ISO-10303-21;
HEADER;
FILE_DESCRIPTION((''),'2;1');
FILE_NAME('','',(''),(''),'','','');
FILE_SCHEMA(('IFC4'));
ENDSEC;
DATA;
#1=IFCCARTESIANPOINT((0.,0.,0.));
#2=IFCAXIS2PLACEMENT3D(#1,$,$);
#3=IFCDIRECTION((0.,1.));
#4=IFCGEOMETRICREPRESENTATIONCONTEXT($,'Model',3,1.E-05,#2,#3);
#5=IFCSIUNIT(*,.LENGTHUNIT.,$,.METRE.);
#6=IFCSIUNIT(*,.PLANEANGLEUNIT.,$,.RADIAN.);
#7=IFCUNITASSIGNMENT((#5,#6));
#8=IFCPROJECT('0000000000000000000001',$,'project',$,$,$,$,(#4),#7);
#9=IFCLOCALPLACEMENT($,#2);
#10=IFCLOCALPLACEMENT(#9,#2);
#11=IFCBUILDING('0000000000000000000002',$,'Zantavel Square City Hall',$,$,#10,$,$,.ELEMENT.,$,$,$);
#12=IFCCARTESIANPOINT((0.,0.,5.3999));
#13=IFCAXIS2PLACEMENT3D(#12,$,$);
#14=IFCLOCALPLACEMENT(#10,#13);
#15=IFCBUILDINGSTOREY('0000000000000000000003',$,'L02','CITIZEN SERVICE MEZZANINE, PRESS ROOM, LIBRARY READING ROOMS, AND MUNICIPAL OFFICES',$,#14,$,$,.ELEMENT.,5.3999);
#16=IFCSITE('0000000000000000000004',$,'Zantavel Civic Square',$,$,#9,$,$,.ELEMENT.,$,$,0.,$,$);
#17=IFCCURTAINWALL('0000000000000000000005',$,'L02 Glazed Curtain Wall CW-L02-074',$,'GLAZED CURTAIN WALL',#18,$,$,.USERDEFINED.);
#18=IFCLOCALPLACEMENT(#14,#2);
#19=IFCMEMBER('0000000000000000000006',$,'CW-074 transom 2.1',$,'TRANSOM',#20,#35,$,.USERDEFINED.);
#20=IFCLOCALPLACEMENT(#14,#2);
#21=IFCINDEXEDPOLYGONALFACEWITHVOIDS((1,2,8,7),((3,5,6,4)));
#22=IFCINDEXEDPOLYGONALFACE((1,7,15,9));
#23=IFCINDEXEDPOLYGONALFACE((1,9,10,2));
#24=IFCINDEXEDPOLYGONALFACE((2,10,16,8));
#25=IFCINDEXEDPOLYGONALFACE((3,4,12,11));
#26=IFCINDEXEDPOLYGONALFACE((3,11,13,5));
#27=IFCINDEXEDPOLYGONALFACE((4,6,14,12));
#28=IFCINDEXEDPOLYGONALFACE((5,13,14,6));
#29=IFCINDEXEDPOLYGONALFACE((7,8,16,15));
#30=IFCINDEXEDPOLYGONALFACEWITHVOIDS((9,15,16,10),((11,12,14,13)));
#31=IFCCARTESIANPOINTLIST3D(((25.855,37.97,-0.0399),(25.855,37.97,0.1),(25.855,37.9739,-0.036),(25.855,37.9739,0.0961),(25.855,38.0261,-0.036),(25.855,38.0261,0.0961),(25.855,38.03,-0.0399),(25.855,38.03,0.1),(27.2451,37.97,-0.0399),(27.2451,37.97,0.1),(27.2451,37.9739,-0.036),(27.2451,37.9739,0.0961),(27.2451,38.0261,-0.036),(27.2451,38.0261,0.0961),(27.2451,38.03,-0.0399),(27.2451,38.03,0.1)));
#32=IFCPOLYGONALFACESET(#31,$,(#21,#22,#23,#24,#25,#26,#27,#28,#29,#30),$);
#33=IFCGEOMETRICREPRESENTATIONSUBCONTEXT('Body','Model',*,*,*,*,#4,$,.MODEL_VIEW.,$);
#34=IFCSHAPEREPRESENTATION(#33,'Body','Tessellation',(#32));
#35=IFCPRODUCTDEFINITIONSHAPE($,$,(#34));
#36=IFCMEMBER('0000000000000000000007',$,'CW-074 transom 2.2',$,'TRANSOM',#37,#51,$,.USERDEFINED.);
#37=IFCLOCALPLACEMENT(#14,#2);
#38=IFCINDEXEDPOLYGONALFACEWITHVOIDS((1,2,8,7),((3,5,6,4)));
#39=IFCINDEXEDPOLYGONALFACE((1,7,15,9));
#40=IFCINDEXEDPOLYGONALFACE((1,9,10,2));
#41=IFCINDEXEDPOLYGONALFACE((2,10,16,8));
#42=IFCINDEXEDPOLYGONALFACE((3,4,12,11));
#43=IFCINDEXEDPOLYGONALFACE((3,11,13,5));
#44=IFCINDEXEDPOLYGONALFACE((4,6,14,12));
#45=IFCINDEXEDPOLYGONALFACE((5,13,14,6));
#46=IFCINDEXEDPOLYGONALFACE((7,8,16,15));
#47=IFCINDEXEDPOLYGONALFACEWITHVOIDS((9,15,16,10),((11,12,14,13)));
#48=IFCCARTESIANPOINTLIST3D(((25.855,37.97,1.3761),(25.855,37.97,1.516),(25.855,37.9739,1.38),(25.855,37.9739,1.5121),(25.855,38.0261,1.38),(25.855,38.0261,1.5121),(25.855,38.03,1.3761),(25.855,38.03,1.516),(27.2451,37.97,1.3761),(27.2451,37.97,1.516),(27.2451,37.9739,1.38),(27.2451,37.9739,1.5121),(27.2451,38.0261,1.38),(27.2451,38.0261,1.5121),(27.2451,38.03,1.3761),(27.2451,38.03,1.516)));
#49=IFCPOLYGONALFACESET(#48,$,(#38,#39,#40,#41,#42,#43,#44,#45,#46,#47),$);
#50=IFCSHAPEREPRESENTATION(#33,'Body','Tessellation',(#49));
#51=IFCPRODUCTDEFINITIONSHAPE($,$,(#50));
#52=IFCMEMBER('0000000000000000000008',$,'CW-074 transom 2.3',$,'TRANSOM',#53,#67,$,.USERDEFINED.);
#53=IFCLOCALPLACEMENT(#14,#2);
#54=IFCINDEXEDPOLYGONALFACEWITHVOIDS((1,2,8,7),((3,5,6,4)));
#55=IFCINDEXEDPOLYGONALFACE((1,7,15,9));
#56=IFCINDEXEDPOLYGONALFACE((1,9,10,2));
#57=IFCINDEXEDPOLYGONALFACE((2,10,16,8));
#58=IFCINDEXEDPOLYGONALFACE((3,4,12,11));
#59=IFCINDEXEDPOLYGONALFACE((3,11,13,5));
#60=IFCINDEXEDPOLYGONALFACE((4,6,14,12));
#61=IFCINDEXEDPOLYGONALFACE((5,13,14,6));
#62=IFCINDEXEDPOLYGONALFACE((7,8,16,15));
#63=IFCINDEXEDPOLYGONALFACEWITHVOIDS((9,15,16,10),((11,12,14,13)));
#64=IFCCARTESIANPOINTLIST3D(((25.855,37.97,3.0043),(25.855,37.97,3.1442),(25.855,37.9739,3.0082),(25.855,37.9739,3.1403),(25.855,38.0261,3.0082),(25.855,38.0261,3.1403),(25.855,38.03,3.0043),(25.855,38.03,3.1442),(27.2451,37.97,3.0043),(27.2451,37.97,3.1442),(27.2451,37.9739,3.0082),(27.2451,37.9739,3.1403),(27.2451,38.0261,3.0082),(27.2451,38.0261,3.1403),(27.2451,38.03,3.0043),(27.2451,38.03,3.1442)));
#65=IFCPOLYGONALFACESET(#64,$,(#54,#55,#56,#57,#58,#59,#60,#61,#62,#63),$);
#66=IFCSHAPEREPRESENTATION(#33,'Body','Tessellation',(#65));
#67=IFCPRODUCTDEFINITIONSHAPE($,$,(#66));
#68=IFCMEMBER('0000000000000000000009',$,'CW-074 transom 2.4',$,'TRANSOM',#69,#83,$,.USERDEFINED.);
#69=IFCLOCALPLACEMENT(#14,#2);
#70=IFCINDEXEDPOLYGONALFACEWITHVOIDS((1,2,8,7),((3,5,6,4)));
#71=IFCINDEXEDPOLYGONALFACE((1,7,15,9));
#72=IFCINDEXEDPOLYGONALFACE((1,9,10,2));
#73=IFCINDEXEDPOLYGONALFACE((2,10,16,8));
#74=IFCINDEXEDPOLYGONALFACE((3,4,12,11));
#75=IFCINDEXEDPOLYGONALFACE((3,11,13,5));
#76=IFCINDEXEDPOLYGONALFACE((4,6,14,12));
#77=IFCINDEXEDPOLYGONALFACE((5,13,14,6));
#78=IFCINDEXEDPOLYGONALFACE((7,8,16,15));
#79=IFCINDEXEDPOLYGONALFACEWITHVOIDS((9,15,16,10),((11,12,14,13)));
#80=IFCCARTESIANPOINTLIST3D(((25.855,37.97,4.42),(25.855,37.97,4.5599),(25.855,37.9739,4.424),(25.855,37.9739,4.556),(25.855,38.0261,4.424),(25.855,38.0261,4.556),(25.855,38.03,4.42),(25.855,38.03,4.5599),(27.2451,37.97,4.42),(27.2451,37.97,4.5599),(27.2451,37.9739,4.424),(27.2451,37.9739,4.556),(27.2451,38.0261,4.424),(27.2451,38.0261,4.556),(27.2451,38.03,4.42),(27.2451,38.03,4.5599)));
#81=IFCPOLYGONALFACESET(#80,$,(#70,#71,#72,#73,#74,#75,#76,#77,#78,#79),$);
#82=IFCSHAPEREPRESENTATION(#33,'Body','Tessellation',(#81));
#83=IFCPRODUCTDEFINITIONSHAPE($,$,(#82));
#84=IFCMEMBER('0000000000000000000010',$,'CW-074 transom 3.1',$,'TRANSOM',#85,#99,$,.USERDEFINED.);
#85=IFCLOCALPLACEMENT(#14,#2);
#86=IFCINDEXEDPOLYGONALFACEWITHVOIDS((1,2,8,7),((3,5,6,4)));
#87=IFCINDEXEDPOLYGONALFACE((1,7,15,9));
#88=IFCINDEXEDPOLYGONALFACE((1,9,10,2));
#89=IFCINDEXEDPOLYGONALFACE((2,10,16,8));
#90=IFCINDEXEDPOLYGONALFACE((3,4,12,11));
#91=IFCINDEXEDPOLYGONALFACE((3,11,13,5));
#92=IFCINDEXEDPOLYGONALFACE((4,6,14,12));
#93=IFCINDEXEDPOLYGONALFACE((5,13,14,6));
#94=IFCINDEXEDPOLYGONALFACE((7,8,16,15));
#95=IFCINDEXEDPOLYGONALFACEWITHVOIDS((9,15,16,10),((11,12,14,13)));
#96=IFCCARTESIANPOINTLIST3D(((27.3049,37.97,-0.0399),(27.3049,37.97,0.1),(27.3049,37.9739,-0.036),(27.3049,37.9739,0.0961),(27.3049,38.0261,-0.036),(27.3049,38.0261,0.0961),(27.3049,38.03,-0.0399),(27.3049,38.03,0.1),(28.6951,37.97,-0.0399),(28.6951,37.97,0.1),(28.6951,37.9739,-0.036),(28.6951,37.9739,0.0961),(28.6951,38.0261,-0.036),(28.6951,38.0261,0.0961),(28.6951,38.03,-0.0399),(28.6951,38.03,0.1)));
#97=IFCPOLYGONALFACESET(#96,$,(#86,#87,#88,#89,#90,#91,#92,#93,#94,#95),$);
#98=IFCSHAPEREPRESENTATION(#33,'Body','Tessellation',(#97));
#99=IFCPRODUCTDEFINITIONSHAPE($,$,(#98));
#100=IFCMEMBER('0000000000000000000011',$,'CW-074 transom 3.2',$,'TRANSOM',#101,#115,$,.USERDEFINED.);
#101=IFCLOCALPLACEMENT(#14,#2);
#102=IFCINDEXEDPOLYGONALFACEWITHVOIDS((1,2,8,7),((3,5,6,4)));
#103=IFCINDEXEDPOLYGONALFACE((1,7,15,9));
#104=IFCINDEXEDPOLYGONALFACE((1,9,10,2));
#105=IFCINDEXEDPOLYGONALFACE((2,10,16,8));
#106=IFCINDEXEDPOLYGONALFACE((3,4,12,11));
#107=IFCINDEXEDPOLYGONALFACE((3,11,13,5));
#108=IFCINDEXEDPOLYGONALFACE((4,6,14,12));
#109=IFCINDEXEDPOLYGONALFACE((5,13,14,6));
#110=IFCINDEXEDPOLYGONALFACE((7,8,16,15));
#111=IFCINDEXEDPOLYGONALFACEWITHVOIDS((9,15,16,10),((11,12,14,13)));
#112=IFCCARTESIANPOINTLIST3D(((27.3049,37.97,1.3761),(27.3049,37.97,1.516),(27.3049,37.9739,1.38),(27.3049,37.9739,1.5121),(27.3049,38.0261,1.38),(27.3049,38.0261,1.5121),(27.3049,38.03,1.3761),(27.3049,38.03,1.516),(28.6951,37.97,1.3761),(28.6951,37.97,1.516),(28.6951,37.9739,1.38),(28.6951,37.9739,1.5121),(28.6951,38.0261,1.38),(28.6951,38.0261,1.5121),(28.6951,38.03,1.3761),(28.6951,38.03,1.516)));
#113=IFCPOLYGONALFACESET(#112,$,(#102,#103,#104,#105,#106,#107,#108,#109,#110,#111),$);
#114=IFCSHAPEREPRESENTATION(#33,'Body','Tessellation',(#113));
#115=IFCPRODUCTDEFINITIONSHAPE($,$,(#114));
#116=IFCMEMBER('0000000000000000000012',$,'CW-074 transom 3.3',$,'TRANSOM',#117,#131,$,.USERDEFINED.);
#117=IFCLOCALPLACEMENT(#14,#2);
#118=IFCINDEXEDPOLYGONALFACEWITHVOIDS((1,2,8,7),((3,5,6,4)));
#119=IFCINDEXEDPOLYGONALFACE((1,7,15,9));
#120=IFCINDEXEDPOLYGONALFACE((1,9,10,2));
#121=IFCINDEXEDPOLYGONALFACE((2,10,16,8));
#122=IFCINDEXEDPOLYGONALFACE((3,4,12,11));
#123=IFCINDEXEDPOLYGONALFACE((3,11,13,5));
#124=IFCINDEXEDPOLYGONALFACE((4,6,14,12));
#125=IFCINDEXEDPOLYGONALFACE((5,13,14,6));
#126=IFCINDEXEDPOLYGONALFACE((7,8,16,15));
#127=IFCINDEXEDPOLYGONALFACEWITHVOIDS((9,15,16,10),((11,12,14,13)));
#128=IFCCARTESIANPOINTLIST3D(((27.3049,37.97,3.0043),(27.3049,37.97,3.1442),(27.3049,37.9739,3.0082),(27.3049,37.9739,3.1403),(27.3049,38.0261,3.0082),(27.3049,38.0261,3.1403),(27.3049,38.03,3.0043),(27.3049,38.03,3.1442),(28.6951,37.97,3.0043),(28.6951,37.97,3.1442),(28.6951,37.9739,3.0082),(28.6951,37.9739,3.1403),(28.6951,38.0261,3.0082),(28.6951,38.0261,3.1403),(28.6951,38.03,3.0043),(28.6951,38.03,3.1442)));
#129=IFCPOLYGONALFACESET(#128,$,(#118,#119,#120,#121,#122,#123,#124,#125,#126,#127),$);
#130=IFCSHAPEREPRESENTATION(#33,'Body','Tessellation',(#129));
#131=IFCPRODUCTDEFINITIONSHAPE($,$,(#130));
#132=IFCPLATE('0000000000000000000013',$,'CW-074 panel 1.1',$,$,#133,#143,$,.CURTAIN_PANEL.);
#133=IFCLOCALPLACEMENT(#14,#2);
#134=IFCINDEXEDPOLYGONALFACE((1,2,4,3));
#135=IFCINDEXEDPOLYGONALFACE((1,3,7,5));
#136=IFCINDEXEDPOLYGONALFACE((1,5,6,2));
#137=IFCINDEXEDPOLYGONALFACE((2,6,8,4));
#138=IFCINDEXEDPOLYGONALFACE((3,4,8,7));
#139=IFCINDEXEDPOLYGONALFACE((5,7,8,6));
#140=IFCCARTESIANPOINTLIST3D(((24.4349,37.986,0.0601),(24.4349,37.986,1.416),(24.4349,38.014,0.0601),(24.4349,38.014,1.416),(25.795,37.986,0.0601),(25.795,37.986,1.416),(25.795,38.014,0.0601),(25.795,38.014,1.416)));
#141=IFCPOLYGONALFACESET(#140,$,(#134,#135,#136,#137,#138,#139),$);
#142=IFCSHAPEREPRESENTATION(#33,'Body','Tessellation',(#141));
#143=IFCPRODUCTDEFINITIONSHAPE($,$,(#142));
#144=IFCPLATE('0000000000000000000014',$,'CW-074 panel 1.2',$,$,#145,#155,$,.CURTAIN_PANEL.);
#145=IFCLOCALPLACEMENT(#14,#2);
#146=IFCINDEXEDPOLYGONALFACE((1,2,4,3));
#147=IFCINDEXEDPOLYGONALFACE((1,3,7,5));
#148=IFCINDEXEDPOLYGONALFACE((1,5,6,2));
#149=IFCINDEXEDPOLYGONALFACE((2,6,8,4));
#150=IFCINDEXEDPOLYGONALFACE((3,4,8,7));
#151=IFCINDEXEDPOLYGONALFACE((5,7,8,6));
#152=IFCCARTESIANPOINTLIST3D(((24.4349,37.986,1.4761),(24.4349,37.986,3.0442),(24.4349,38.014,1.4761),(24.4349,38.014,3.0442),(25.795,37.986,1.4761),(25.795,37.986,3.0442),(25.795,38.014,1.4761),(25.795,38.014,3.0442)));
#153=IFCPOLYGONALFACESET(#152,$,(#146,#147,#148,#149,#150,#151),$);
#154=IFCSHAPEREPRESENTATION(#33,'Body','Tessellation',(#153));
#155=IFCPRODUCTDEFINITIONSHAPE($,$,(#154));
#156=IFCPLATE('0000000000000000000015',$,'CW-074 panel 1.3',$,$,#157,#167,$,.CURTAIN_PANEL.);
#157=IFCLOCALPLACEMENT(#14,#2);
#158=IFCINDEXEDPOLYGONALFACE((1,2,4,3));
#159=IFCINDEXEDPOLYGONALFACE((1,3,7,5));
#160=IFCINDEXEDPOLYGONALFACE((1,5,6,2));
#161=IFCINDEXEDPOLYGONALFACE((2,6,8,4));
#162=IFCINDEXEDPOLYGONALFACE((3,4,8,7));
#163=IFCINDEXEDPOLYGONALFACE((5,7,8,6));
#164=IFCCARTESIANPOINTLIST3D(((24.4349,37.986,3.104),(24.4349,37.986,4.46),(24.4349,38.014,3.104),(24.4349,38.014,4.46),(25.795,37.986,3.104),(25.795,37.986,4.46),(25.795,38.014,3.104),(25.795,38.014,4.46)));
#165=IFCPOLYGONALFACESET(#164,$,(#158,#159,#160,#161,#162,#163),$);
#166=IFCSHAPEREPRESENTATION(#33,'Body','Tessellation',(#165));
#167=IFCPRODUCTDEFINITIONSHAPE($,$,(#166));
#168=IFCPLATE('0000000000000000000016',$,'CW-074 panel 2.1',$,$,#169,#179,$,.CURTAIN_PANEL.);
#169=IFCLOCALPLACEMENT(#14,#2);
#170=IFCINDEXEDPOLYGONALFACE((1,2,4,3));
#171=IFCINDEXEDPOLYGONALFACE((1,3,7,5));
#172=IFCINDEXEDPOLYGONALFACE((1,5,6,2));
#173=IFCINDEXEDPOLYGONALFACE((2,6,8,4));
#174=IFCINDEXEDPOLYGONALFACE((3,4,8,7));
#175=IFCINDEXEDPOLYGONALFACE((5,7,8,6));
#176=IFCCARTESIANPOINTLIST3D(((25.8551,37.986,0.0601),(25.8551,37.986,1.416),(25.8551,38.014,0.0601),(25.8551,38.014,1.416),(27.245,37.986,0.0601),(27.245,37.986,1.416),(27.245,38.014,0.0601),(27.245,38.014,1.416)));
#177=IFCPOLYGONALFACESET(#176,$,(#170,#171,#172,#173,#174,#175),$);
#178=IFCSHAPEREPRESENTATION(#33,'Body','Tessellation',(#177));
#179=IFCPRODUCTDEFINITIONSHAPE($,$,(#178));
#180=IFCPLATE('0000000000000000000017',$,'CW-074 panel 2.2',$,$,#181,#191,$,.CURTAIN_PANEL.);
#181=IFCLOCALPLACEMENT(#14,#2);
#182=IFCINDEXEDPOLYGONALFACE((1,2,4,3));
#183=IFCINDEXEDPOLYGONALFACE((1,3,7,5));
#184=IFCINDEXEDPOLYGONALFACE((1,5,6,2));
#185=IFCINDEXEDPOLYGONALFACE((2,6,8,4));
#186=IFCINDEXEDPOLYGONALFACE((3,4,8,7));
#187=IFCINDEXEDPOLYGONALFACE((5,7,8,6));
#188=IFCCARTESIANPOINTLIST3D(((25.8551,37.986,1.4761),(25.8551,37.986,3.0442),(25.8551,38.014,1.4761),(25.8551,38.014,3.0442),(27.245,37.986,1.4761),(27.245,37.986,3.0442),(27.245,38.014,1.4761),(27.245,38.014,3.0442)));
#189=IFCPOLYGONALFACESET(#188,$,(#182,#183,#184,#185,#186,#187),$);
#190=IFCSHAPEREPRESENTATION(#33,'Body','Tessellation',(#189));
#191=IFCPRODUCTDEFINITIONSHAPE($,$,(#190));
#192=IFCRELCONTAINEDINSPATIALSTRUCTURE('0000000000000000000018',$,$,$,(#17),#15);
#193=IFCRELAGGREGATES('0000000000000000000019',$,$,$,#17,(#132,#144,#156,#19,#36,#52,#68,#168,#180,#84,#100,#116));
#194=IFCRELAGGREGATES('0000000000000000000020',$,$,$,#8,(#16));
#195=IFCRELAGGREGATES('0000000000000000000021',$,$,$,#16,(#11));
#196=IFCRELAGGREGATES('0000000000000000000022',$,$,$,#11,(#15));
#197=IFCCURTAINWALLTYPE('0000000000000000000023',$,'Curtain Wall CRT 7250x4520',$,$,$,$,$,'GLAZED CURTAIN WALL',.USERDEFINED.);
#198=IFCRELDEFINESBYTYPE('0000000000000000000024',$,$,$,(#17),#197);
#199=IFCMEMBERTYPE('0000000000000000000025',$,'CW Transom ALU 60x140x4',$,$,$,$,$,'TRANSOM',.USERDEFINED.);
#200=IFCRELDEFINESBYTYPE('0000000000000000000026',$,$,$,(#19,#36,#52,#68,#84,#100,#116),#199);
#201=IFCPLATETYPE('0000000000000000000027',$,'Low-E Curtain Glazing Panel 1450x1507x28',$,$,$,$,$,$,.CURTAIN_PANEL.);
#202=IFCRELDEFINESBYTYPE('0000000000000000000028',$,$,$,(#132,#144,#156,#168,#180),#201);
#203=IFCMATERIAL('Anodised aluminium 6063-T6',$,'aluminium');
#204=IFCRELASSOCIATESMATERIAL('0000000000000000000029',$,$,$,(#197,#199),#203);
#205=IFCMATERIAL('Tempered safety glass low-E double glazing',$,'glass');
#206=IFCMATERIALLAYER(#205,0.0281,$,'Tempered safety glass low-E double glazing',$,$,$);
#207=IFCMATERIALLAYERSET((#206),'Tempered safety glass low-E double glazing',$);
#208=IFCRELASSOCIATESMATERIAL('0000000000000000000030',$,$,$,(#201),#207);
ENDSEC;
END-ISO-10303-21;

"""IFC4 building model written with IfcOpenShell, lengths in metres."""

from ifc_helpers import new_model, si_unit, direction, frame, origin, origin_2d, place, context, subcontext, project, spatial, rectangle, hollow_rectangle, extrude, material, layer, layer_set, material_profile, profile_set, type_object, element, aggregate, save


model = new_model("IFC4")

# Units and contexts
model_context = context("Model", 3, precision=1e-05, world=origin(), true_north=direction((0.0, 1.0)))
body_context = subcontext(model_context, "Body", "Model", "MODEL_VIEW")
ifc_project = project(units=[si_unit("LENGTHUNIT", "METRE"), si_unit("PLANEANGLEUNIT", "RADIAN")], contexts=[model_context])

# Site, building, storey
site_placement = place(None, origin())
site = spatial("IfcSite", under=ifc_project, at=site_placement, Name="Zantavel Civic Square", CompositionType="ELEMENT", RefElevation=0.0)
building_placement = place(site_placement, origin())
building = spatial("IfcBuilding", under=site, at=building_placement, Name="Zantavel Square City Hall", CompositionType="ELEMENT")
storey_placement = place(building_placement, frame((0.0, 0.0, 5.3999)))
storey = spatial("IfcBuildingStorey", under=building, at=storey_placement, Name="L02", Description="CITIZEN SERVICE MEZZANINE, PRESS ROOM, LIBRARY READING ROOMS, AND MUNICIPAL OFFICES", CompositionType="ELEMENT", Elevation=5.3999)

# Shared definitions
ifc_material_1 = material(Name="Anodised aluminium 6063-T6", Category="aluminium")
curtain_wall_type = type_object("IfcCurtainWallType", Name="Curtain Wall CRT 7250x4520", ElementType="GLAZED CURTAIN WALL", PredefinedType="USERDEFINED", material=ifc_material_1)

# Curtain wall, members, plates
curtain_wall_1_placement = place(storey_placement, origin())
curtain_wall_1 = element("IfcCurtainWall", 1, at=curtain_wall_1_placement, inside=storey, type_object=curtain_wall_type, Name="L02 Glazed Curtain Wall CW-L02-074", ObjectType="GLAZED CURTAIN WALL", PredefinedType="USERDEFINED")
ifc_material_profile_1 = material_profile(ifc_material_1, hollow_rectangle(XDim=0.0601, YDim=0.1399, WallThickness=0.0039, at=origin_2d()), Name="ALU 60x140x4")
ifc_profile_set_1 = profile_set([ifc_material_profile_1], Name="Anodised aluminium 6063-T6")
member_type_1 = type_object("IfcMemberType", Name="CW Transom ALU 60x140x4", ElementType="TRANSOM", PredefinedType="USERDEFINED", material=ifc_profile_set_1)
member_1_placement = place(storey_placement, frame((25.855, 38.0, 0.03), z_axis=(1.0, 0.0, 0.0), x_axis=(0.0, 1.0, 0.0)))
member_1 = element("IfcMember", 2, at=member_1_placement, type_object=member_type_1, Name="CW-074 transom 2.1", ObjectType="TRANSOM", PredefinedType="USERDEFINED", context=body_context, shape_type="SweptSolid", body=[
    extrude(hollow_rectangle(XDim=0.0601, YDim=0.1399, WallThickness=0.0039, at=origin_2d()), origin(), (0.0, 0.0, 1.0), 1.3901),
])
member_2_placement = place(storey_placement, frame((25.855, 38.0, 1.446), z_axis=(1.0, 0.0, 0.0), x_axis=(0.0, 1.0, 0.0)))
member_2 = element("IfcMember", 3, at=member_2_placement, type_object=member_type_1, Name="CW-074 transom 2.2", ObjectType="TRANSOM", PredefinedType="USERDEFINED", context=body_context, shape_type="SweptSolid", body=[
    extrude(hollow_rectangle(XDim=0.0601, YDim=0.1399, WallThickness=0.0039, at=origin_2d()), origin(), (0.0, 0.0, 1.0), 1.3901),
])
member_3_placement = place(storey_placement, frame((25.855, 38.0, 3.0742), z_axis=(1.0, 0.0, 0.0), x_axis=(0.0, 1.0, 0.0)))
member_3 = element("IfcMember", 4, at=member_3_placement, type_object=member_type_1, Name="CW-074 transom 2.3", ObjectType="TRANSOM", PredefinedType="USERDEFINED", context=body_context, shape_type="SweptSolid", body=[
    extrude(hollow_rectangle(XDim=0.0601, YDim=0.1399, WallThickness=0.0039, at=origin_2d()), origin(), (0.0, 0.0, 1.0), 1.3901),
])
member_4_placement = place(storey_placement, frame((25.855, 38.0, 4.49), z_axis=(1.0, 0.0, 0.0), x_axis=(0.0, 1.0, 0.0)))
member_4 = element("IfcMember", 5, at=member_4_placement, type_object=member_type_1, Name="CW-074 transom 2.4", ObjectType="TRANSOM", PredefinedType="USERDEFINED", context=body_context, shape_type="SweptSolid", body=[
    extrude(hollow_rectangle(XDim=0.0601, YDim=0.1399, WallThickness=0.0039, at=origin_2d()), origin(), (0.0, 0.0, 1.0), 1.3901),
])
member_5_placement = place(storey_placement, frame((27.3049, 38.0, 0.03), z_axis=(1.0, 0.0, 0.0), x_axis=(0.0, 1.0, 0.0)))
member_5 = element("IfcMember", 6, at=member_5_placement, type_object=member_type_1, Name="CW-074 transom 3.1", ObjectType="TRANSOM", PredefinedType="USERDEFINED", context=body_context, shape_type="SweptSolid", body=[
    extrude(hollow_rectangle(XDim=0.0601, YDim=0.1399, WallThickness=0.0039, at=origin_2d()), origin(), (0.0, 0.0, 1.0), 1.3901),
])
member_6_placement = place(storey_placement, frame((27.3049, 38.0, 1.446), z_axis=(1.0, 0.0, 0.0), x_axis=(0.0, 1.0, 0.0)))
member_6 = element("IfcMember", 7, at=member_6_placement, type_object=member_type_1, Name="CW-074 transom 3.2", ObjectType="TRANSOM", PredefinedType="USERDEFINED", context=body_context, shape_type="SweptSolid", body=[
    extrude(hollow_rectangle(XDim=0.0601, YDim=0.1399, WallThickness=0.0039, at=origin_2d()), origin(), (0.0, 0.0, 1.0), 1.3901),
])
member_7_placement = place(storey_placement, frame((27.3049, 38.0, 3.0742), z_axis=(1.0, 0.0, 0.0), x_axis=(0.0, 1.0, 0.0)))
member_7 = element("IfcMember", 8, at=member_7_placement, type_object=member_type_1, Name="CW-074 transom 3.3", ObjectType="TRANSOM", PredefinedType="USERDEFINED", context=body_context, shape_type="SweptSolid", body=[
    extrude(hollow_rectangle(XDim=0.0601, YDim=0.1399, WallThickness=0.0039, at=origin_2d()), origin(), (0.0, 0.0, 1.0), 1.3901),
])
ifc_material_2 = material(Name="Tempered safety glass low-E double glazing", Category="glass")
ifc_layer = layer(ifc_material_2, 0.0281, Name="Tempered safety glass low-E double glazing")
ifc_layer_set = layer_set([ifc_layer], Name="Tempered safety glass low-E double glazing")
plate_type = type_object("IfcPlateType", Name="Low-E Curtain Glazing Panel 1450x1507x28", PredefinedType="CURTAIN_PANEL", material=ifc_layer_set)
plate_1_placement = place(storey_placement, frame((25.115, 38.0, 0.0601), z_axis=(0.0, 0.0, 1.0), x_axis=(1.0, 0.0, 0.0)))
plate_1 = element("IfcPlate", 9, at=plate_1_placement, type_object=plate_type, Name="CW-074 panel 1.1", PredefinedType="CURTAIN_PANEL", context=body_context, shape_type="SweptSolid", body=[
    extrude(rectangle(XDim=1.3601, YDim=0.0281, at=origin_2d()), origin(), (0.0, 0.0, 1.0), 1.356),
])
plate_2_placement = place(storey_placement, frame((25.115, 38.0, 1.4761), z_axis=(0.0, 0.0, 1.0), x_axis=(1.0, 0.0, 0.0)))
plate_2 = element("IfcPlate", 10, at=plate_2_placement, type_object=plate_type, Name="CW-074 panel 1.2", PredefinedType="CURTAIN_PANEL", context=body_context, shape_type="SweptSolid", body=[
    extrude(rectangle(XDim=1.3601, YDim=0.0281, at=origin_2d()), origin(), (0.0, 0.0, 1.0), 1.5681),
])
plate_3_placement = place(storey_placement, frame((25.115, 38.0, 3.104), z_axis=(0.0, 0.0, 1.0), x_axis=(1.0, 0.0, 0.0)))
plate_3 = element("IfcPlate", 11, at=plate_3_placement, type_object=plate_type, Name="CW-074 panel 1.3", PredefinedType="CURTAIN_PANEL", context=body_context, shape_type="SweptSolid", body=[
    extrude(rectangle(XDim=1.3601, YDim=0.0281, at=origin_2d()), origin(), (0.0, 0.0, 1.0), 1.356),
])
plate_4_placement = place(storey_placement, frame((26.55, 38.0, 0.0601), z_axis=(0.0, 0.0, 1.0), x_axis=(1.0, 0.0, 0.0)))
plate_4 = element("IfcPlate", 12, at=plate_4_placement, type_object=plate_type, Name="CW-074 panel 2.1", PredefinedType="CURTAIN_PANEL", context=body_context, shape_type="SweptSolid", body=[
    extrude(rectangle(XDim=1.3899, YDim=0.0281, at=origin_2d()), origin(), (0.0, 0.0, 1.0), 1.356),
])
plate_5_placement = place(storey_placement, frame((26.55, 38.0, 1.4761), z_axis=(0.0, 0.0, 1.0), x_axis=(1.0, 0.0, 0.0)))
plate_5 = element("IfcPlate", 13, at=plate_5_placement, type_object=plate_type, Name="CW-074 panel 2.2", PredefinedType="CURTAIN_PANEL", context=body_context, shape_type="SweptSolid", body=[
    extrude(rectangle(XDim=1.3899, YDim=0.0281, at=origin_2d()), origin(), (0.0, 0.0, 1.0), 1.5681),
])
aggregate(curtain_wall_1, [plate_1, plate_2, plate_3, member_1, member_2, member_3, member_4, plate_4, plate_5, member_5, member_6, member_7])

save(model, "model.ifc")
